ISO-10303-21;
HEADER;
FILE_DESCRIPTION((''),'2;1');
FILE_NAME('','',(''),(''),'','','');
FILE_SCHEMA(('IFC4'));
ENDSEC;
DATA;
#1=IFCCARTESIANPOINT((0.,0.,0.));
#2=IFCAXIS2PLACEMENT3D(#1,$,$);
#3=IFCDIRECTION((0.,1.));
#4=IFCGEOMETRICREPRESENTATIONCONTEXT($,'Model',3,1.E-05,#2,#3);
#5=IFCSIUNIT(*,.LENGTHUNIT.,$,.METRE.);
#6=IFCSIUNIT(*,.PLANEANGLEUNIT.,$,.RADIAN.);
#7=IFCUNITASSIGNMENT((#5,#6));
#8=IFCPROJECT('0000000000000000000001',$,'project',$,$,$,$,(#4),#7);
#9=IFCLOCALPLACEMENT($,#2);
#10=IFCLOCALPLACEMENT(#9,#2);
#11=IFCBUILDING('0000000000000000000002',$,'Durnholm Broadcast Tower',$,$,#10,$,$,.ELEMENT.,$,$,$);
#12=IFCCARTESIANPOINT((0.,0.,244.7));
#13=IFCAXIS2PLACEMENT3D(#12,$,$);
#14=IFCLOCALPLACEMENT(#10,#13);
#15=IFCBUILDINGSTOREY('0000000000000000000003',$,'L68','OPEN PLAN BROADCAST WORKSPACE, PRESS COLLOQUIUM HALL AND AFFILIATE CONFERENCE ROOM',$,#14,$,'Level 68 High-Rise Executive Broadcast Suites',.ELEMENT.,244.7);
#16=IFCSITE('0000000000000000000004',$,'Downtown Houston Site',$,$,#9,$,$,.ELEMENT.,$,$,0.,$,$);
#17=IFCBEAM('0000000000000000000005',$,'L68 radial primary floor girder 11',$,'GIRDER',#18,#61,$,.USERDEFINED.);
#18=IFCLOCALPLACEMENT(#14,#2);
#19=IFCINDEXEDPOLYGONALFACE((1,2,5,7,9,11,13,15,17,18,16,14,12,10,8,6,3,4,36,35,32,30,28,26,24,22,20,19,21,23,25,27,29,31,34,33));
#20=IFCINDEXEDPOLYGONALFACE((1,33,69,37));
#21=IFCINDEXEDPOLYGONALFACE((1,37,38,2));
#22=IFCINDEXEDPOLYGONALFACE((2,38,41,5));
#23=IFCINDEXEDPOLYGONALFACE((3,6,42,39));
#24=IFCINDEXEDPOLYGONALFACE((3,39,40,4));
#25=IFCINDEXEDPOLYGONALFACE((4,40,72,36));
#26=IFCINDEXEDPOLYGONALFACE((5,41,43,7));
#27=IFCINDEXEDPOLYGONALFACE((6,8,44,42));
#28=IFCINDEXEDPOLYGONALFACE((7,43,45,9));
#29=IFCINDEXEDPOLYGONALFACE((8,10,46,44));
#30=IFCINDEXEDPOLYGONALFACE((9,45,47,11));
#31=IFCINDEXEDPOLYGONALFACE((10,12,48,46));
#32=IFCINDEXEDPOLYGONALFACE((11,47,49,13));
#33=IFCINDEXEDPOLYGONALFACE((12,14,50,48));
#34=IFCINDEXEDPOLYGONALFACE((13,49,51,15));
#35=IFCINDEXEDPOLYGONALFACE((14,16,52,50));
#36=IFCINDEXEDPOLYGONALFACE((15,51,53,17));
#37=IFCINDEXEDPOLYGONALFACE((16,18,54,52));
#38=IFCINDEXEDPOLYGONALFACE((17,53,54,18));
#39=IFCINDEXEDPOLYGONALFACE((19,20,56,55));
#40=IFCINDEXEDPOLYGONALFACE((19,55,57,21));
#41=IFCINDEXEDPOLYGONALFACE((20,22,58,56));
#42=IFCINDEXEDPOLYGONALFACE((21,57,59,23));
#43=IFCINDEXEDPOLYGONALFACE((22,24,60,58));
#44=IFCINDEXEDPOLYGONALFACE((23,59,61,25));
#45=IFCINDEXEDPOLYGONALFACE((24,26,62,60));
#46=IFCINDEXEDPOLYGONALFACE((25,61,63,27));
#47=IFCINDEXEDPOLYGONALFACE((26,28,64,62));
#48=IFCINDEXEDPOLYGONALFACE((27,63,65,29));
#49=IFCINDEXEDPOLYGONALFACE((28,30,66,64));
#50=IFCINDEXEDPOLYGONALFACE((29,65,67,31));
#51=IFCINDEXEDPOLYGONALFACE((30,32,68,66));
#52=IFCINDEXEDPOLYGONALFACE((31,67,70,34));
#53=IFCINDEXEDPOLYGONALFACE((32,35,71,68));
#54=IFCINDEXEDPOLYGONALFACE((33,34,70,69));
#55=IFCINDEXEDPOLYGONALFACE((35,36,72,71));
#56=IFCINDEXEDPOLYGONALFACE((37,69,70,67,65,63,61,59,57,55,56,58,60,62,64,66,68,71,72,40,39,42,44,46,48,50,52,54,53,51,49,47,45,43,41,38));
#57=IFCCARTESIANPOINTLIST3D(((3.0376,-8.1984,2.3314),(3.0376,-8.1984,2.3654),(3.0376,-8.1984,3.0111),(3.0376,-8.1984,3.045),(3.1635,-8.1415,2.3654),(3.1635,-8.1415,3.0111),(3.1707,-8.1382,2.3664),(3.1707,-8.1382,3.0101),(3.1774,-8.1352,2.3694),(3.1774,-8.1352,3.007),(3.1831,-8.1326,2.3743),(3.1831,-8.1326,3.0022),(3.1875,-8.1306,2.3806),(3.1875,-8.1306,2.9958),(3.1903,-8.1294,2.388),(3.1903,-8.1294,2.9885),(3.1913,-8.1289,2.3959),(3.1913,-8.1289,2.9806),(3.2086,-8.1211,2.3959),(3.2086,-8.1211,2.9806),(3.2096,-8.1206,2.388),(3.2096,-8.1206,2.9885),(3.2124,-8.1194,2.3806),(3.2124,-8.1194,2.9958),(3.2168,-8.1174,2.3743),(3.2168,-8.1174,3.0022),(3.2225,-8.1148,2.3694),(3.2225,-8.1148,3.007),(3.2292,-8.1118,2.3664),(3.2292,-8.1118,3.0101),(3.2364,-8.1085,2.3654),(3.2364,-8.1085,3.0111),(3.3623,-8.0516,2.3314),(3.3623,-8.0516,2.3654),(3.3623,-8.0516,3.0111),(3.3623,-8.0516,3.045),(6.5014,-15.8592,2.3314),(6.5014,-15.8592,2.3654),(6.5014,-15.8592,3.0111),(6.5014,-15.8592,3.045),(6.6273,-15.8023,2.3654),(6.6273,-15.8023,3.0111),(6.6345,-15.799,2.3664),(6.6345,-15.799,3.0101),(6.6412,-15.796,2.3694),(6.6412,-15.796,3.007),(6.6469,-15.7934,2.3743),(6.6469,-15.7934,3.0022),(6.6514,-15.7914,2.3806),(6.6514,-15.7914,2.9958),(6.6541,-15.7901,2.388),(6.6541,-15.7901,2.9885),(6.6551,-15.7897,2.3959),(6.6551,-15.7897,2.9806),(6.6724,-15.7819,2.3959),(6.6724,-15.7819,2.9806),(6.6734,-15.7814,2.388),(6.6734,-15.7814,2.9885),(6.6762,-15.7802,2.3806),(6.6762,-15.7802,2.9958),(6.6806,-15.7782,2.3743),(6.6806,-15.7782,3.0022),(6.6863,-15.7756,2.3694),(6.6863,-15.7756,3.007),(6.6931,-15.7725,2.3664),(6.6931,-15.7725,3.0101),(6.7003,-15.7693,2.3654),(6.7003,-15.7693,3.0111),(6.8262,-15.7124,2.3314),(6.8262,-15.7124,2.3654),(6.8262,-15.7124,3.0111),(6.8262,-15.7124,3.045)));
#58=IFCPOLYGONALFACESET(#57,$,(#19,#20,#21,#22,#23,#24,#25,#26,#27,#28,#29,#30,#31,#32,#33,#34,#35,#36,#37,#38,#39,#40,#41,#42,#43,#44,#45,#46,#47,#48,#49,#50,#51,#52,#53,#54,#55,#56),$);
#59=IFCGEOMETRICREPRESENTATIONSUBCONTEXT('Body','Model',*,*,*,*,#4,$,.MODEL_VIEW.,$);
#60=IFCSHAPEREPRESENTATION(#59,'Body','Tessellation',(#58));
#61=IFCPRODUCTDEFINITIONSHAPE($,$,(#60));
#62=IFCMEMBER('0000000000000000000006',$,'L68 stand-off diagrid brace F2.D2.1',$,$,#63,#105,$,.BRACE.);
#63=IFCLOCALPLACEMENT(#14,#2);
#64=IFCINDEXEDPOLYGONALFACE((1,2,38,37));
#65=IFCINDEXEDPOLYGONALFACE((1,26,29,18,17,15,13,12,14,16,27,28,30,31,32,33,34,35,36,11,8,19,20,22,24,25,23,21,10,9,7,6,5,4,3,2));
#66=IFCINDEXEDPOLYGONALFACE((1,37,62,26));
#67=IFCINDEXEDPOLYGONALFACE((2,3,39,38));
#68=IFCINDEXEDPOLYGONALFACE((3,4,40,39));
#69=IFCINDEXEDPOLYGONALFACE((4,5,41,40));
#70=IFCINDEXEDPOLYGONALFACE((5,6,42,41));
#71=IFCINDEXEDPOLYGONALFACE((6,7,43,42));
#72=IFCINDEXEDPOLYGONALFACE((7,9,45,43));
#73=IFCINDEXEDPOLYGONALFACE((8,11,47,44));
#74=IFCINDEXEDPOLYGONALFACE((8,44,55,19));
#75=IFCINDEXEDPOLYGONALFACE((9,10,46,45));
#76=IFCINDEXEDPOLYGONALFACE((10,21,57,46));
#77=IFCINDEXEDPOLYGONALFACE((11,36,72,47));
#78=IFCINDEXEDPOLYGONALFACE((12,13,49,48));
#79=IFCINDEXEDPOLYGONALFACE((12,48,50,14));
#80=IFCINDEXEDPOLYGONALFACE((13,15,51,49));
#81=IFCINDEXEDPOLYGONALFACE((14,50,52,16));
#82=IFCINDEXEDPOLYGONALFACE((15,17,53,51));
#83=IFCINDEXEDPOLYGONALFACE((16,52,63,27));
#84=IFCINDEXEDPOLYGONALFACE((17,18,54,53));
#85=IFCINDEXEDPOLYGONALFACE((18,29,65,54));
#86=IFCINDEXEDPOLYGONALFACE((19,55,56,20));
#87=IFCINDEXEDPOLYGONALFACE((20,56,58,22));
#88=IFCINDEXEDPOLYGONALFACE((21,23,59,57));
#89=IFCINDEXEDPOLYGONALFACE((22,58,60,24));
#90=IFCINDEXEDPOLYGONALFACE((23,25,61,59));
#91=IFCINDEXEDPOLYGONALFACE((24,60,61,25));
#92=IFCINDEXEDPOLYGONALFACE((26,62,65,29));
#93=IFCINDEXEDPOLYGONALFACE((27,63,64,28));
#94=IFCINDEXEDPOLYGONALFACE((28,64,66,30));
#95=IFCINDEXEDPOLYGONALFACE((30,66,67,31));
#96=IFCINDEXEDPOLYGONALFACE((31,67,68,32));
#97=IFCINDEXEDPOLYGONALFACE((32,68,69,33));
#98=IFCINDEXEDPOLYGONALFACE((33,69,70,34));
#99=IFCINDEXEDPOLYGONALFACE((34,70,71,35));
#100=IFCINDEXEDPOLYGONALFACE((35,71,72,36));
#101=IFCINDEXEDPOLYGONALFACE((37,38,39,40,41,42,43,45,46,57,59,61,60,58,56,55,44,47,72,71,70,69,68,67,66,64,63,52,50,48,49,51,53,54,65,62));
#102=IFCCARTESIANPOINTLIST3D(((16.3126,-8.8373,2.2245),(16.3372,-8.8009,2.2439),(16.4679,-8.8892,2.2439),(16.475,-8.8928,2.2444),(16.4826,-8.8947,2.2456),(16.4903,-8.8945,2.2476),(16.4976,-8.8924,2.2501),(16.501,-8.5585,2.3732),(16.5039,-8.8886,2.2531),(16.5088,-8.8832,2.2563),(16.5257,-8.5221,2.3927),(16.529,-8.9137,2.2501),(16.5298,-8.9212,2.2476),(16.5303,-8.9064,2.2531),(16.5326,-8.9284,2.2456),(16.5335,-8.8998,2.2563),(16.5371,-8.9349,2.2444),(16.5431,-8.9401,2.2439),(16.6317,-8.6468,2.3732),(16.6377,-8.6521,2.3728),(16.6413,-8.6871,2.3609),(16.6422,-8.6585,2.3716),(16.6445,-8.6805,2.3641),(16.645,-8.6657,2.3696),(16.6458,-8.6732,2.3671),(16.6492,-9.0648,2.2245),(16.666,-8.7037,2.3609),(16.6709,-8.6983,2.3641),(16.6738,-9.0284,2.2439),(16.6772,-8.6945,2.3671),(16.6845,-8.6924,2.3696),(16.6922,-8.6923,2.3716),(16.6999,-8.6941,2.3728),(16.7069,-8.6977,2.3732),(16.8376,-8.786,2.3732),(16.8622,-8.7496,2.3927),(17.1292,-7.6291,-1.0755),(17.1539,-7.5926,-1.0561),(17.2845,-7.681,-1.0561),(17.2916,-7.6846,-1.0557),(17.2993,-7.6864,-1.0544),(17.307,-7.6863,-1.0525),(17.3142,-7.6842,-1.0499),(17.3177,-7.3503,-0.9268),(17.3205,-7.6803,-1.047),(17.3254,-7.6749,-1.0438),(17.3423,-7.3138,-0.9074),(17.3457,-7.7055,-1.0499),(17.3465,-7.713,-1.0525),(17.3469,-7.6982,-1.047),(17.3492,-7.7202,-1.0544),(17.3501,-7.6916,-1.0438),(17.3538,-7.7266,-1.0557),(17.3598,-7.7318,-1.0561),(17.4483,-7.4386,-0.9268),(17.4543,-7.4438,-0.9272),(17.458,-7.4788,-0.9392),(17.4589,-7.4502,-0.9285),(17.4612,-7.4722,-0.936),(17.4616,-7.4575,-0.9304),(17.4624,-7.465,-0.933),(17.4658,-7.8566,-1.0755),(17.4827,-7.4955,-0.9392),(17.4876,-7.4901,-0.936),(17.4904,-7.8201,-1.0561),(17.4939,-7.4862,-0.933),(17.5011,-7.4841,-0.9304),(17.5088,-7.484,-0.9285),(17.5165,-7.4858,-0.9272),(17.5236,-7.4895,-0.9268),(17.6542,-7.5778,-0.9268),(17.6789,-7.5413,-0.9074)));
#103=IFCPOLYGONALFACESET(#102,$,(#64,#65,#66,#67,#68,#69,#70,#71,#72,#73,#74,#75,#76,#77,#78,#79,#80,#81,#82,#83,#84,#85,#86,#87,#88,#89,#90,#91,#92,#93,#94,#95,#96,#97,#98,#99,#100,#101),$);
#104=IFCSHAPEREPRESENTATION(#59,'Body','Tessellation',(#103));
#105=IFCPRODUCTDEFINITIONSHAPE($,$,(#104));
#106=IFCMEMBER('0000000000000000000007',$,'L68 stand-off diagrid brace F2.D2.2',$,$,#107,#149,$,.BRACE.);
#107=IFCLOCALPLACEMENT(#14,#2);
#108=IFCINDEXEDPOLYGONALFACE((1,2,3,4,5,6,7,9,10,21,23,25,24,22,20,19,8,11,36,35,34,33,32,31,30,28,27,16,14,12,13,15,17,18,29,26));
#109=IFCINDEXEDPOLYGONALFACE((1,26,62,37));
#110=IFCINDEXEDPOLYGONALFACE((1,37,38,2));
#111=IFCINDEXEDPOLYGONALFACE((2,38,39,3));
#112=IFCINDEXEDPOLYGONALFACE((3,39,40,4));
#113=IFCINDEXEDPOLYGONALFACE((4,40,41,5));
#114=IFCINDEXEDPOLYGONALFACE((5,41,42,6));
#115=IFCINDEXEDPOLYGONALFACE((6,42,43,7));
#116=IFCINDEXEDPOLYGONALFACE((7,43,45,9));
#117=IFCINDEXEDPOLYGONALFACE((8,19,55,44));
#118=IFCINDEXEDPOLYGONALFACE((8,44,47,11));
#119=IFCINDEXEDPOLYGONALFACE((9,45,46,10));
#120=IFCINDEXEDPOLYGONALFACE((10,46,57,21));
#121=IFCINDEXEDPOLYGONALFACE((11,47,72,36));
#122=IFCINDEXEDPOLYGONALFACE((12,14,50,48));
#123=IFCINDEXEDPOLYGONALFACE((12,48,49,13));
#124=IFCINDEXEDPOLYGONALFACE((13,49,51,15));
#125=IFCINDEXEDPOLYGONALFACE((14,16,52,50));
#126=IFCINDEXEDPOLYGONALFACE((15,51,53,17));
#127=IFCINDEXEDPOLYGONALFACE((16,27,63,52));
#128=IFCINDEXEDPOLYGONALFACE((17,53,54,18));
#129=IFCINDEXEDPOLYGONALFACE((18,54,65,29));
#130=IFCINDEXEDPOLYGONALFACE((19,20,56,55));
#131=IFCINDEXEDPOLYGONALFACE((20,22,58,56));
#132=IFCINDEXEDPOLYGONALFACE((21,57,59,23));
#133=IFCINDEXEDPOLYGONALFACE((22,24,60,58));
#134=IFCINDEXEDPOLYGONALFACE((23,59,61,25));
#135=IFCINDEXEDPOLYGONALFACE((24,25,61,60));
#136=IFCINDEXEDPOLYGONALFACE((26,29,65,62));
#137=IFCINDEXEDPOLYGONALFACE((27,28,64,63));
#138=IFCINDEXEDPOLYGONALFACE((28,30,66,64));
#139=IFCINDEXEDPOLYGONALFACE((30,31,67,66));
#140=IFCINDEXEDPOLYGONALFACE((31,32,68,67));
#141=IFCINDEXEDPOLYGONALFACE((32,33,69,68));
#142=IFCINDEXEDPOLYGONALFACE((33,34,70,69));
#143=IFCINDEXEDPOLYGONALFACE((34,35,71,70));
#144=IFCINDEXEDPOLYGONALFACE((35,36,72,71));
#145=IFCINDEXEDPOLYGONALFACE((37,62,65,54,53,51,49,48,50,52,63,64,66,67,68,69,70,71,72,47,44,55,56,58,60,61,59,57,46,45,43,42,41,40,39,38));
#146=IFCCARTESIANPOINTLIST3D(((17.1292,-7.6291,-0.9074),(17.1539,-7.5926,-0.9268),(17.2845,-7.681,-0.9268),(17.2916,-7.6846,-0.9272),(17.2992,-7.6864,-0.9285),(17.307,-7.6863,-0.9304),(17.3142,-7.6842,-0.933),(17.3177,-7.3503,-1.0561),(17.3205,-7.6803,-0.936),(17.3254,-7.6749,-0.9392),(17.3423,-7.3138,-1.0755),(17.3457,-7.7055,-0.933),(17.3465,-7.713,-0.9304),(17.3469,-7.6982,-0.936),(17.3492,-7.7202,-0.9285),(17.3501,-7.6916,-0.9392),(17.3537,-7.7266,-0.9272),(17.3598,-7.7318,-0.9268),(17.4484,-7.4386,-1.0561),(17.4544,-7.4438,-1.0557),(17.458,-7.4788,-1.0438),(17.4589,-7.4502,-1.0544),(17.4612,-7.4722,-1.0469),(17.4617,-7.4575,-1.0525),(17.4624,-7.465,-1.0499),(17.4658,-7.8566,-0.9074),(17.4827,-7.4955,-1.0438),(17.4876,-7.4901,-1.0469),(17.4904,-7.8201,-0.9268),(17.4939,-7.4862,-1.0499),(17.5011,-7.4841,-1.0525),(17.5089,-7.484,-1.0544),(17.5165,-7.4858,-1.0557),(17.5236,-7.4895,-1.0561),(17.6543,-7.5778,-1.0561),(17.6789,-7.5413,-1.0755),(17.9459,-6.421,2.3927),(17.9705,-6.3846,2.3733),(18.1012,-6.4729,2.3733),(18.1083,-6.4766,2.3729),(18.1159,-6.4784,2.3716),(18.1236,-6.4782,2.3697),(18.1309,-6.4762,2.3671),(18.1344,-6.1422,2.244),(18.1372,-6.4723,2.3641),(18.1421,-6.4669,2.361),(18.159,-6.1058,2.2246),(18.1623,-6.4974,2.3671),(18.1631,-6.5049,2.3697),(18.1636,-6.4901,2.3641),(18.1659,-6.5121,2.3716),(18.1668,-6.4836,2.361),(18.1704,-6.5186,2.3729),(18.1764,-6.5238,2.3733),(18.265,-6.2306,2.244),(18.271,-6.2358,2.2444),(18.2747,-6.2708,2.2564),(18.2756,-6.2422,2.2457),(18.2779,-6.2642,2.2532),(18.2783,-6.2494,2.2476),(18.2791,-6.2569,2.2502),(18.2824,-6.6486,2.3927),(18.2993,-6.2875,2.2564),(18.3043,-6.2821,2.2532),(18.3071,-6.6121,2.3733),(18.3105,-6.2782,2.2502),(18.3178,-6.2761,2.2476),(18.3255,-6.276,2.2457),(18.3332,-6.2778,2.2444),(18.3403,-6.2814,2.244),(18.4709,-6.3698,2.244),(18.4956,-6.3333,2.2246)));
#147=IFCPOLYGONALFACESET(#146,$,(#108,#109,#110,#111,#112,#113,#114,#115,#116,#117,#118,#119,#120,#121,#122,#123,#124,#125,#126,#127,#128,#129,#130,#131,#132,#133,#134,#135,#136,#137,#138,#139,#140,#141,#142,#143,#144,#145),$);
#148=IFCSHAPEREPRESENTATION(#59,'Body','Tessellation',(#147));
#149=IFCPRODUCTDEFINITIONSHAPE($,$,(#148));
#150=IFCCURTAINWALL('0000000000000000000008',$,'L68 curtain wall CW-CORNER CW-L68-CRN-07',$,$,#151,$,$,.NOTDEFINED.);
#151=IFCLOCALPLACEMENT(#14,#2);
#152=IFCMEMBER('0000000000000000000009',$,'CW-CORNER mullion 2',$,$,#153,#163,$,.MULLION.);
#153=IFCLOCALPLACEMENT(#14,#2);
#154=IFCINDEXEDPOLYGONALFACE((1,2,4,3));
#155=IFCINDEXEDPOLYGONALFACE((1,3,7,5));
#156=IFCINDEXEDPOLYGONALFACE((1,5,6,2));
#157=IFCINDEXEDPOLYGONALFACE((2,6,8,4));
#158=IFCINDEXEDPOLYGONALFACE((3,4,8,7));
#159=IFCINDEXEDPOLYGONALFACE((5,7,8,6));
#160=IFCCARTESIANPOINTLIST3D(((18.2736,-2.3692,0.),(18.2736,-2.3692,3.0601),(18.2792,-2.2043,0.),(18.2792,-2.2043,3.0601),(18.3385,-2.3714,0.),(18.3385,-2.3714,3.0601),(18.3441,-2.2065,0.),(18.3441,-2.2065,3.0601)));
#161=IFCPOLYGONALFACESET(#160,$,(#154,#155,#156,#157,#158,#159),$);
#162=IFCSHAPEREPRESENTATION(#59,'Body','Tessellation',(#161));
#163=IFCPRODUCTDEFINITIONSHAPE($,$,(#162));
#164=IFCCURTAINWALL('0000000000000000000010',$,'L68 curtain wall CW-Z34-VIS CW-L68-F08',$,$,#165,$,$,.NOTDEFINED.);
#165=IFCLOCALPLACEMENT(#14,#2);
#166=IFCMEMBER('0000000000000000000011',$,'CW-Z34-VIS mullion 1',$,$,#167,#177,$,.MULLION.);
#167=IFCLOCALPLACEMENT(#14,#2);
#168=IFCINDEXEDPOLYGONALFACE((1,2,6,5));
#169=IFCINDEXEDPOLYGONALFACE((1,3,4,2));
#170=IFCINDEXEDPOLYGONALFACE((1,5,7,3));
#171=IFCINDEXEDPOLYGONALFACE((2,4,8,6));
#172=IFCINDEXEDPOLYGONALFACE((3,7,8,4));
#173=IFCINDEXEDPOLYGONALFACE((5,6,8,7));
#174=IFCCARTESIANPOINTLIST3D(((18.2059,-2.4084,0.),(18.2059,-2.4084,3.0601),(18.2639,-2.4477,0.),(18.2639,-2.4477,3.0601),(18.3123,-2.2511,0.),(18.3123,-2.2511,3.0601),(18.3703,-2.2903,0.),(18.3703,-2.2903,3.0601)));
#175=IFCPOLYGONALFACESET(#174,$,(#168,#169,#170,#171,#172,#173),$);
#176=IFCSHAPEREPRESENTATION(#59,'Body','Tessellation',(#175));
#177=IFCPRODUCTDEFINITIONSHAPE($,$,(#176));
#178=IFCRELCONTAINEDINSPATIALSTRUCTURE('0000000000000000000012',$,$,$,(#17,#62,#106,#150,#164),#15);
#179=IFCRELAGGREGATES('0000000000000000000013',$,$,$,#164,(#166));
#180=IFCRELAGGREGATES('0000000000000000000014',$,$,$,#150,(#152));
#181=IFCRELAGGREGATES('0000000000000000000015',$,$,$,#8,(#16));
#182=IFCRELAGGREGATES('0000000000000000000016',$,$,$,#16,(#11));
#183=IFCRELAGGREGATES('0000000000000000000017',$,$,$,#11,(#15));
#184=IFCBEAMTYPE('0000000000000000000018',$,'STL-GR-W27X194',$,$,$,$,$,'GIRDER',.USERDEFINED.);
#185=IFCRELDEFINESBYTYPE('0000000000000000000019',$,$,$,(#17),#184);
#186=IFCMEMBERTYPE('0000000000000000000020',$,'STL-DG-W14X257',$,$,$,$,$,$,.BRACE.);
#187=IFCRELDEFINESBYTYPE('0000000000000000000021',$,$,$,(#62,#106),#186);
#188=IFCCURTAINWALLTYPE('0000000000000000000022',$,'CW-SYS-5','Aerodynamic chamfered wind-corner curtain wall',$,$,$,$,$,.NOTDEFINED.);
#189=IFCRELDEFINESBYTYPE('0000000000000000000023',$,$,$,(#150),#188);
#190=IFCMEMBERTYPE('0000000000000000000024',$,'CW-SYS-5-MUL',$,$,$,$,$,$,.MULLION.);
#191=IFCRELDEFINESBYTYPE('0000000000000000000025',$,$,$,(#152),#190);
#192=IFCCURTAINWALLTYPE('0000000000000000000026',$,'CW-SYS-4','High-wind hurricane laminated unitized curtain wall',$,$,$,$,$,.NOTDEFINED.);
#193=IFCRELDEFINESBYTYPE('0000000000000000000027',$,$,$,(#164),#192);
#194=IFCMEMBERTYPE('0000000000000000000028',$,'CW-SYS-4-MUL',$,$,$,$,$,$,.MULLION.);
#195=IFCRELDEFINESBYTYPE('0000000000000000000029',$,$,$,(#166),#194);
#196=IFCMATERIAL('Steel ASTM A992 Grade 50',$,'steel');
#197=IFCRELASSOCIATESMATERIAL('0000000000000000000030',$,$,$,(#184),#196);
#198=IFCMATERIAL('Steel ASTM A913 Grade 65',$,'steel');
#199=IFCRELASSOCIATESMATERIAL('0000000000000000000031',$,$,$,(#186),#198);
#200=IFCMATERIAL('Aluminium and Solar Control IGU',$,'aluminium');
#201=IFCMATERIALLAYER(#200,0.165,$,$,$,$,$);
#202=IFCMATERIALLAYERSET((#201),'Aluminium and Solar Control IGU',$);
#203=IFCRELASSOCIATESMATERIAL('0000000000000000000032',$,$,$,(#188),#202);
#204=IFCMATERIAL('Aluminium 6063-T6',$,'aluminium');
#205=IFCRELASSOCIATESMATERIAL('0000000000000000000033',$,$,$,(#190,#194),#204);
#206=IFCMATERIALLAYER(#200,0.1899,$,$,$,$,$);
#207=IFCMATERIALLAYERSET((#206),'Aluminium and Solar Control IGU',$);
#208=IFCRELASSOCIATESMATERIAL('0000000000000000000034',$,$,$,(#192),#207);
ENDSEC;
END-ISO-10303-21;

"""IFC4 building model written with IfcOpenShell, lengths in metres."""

from ifc_helpers import new_model, si_unit, direction, frame, origin, origin_2d, place, context, subcontext, project, spatial, rectangle, i_section, extrude, source, transform, mapped, material, layer, layer_set, material_profile, profile_set, type_object, type_shapes, element, aggregate, save


model = new_model("IFC4")

# Units and contexts
model_context = context("Model", 3, precision=1e-05, world=origin(), true_north=direction((0.0, 1.0)))
body_context = subcontext(model_context, "Body", "Model", "MODEL_VIEW")
ifc_project = project(units=[si_unit("LENGTHUNIT", "METRE"), si_unit("PLANEANGLEUNIT", "RADIAN")], contexts=[model_context])

# Site, building, storey
site_placement = place(None, origin())
site = spatial("IfcSite", under=ifc_project, at=site_placement, Name="Downtown Houston Site", CompositionType="ELEMENT", RefElevation=0.0)
building_placement = place(site_placement, origin())
building = spatial("IfcBuilding", under=site, at=building_placement, Name="Durnholm Broadcast Tower", CompositionType="ELEMENT")
storey_placement = place(building_placement, frame((0.0, 0.0, 244.7)))
storey = spatial("IfcBuildingStorey", under=building, at=storey_placement, Name="L68", Description="OPEN PLAN BROADCAST WORKSPACE, PRESS COLLOQUIUM HALL AND AFFILIATE CONFERENCE ROOM", LongName="Level 68 High-Rise Executive Broadcast Suites", CompositionType="ELEMENT", Elevation=244.7)

# Beam
ifc_material_1 = material(Name="Steel ASTM A992 Grade 50", Category="steel")
ifc_material_profile_1 = material_profile(ifc_material_1, i_section(OverallWidth=0.3564, OverallDepth=0.7136, WebThickness=0.019, FlangeThickness=0.0339, FilletRadius=0.0305, at=origin_2d()), Name="W27X194")
ifc_profile_set_1 = profile_set([ifc_material_profile_1], Name="Steel ASTM A992 Grade 50")
beam_type_1 = type_object("IfcBeamType", Name="STL-GR-W27X194", ElementType="GIRDER", PredefinedType="USERDEFINED", material=ifc_profile_set_1)
shared_shape_1 = source(origin(), body_context, "Body", "SweptSolid", [
    extrude(i_section(OverallWidth=0.3564, OverallDepth=0.7136, WebThickness=0.019, FlangeThickness=0.0339, FilletRadius=0.0305, at=origin_2d()), origin(), (0.0, 0.0, 1.0), 8.4075),
])
beam_1_placement = place(storey_placement, frame((3.2, -8.125, 2.6882), z_axis=(0.411993, -0.911187, 0.0), x_axis=(0.911187, 0.411993, 0.0)))
element("IfcBeam", 1, at=beam_1_placement, inside=storey, type_object=beam_type_1, Name="L68 radial primary floor girder 11", ObjectType="GIRDER", PredefinedType="USERDEFINED", context=body_context, shape_type="MappedRepresentation", body=[
    mapped(shared_shape_1, transform((0.0, 0.0, 0.0), x_axis=(1.0, 0.0, 0.0), y_axis=(0.0, 1.0, 0.0), z_axis=(0.0, 0.0, 1.0), scale=1.0)),
])

# Members
ifc_material_2 = material(Name="Steel ASTM A913 Grade 65", Category="steel")
ifc_material_profile_2 = material_profile(ifc_material_2, i_section(OverallWidth=0.4062, OverallDepth=0.416, WebThickness=0.0298, FlangeThickness=0.0481, FilletRadius=0.0305, at=origin_2d()), Name="W14X257")
ifc_profile_set_2 = profile_set([ifc_material_profile_2], Name="Steel ASTM A913 Grade 65")
member_type_1 = type_object("IfcMemberType", Name="STL-DG-W14X257", PredefinedType="BRACE", material=ifc_profile_set_2)
shared_shape_2 = source(origin(), body_context, "Body", "SweptSolid", [
    extrude(i_section(OverallWidth=0.4062, OverallDepth=0.416, WebThickness=0.0298, FlangeThickness=0.0481, FilletRadius=0.0305, at=origin_2d()), origin(), (0.0, 0.0, 1.0), 3.6079),
])
type_shapes(member_type_1, [shared_shape_2])
for number, where, z_axis, x_axis, name in (
    (2, (17.4041, -7.5852, -0.9915), (-0.226349, -0.334888, 0.914667), (0.828505, -0.559982, 0.0), "L68 stand-off diagrid brace F2.D2.1"),
    (3, (17.4041, -7.5852, -0.9915), (0.226354, 0.334828, 0.914688), (-0.828452, 0.560059, 0.0), "L68 stand-off diagrid brace F2.D2.2"),
):
    element("IfcMember", number, at=place(storey_placement, frame(where, z_axis=z_axis, x_axis=x_axis)), inside=storey, type_object=member_type_1, Name=name, PredefinedType="BRACE", context=body_context, shape_type="MappedRepresentation", body=[
        mapped(shared_shape_2, transform((0.0, 0.0, 0.0), x_axis=(1.0, 0.0, 0.0), y_axis=(0.0, 1.0, 0.0), z_axis=(0.0, 0.0, 1.0), scale=1.0)),
    ])

# Curtain wall, member
ifc_material_3 = material(Name="Aluminium and Solar Control IGU", Category="aluminium")
ifc_layer_1 = layer(ifc_material_3, 0.165)
ifc_layer_set_1 = layer_set([ifc_layer_1], Name="Aluminium and Solar Control IGU")
curtain_wall_type_1 = type_object("IfcCurtainWallType", Name="CW-SYS-5", Description="Aerodynamic chamfered wind-corner curtain wall", PredefinedType="NOTDEFINED", material=ifc_layer_set_1)
curtain_wall_1_placement = place(storey_placement, origin())
curtain_wall_1 = element("IfcCurtainWall", 4, at=curtain_wall_1_placement, inside=storey, type_object=curtain_wall_type_1, Name="L68 curtain wall CW-CORNER CW-L68-CRN-07", PredefinedType="NOTDEFINED")
ifc_material_4 = material(Name="Aluminium 6063-T6", Category="aluminium")
ifc_material_profile_3 = material_profile(ifc_material_4, rectangle(XDim=0.0649, YDim=0.165, at=origin_2d()), Name="CWM65X165")
ifc_profile_set_3 = profile_set([ifc_material_profile_3], Name="Aluminium 6063-T6")
member_type_2 = type_object("IfcMemberType", Name="CW-SYS-5-MUL", PredefinedType="MULLION", material=ifc_profile_set_3)
shared_shape_3 = source(origin(), body_context, "Body", "SweptSolid", [
    extrude(rectangle(XDim=0.0649, YDim=0.165, at=origin_2d()), origin(), (0.0, 0.0, 1.0), 3.0601),
])
type_shapes(member_type_2, [shared_shape_3])
member_1_placement = place(storey_placement, frame((18.3088, -2.2878, 0.0), z_axis=(0.0, 0.0, 1.0), x_axis=(0.999411, -0.034318, 0.0)))
member_1 = element("IfcMember", 5, at=member_1_placement, type_object=member_type_2, Name="CW-CORNER mullion 2", PredefinedType="MULLION", context=body_context, shape_type="MappedRepresentation", body=[
    mapped(shared_shape_3, transform((0.0, 0.0, 0.0), x_axis=(1.0, 0.0, 0.0), y_axis=(0.0, 1.0, 0.0), z_axis=(0.0, 0.0, 1.0), scale=1.0)),
])

# Curtain wall, member
ifc_layer_2 = layer(ifc_material_3, 0.1899)
ifc_layer_set_2 = layer_set([ifc_layer_2], Name="Aluminium and Solar Control IGU")
curtain_wall_type_2 = type_object("IfcCurtainWallType", Name="CW-SYS-4", Description="High-wind hurricane laminated unitized curtain wall", PredefinedType="NOTDEFINED", material=ifc_layer_set_2)
curtain_wall_2_placement = place(storey_placement, origin())
curtain_wall_2 = element("IfcCurtainWall", 6, at=curtain_wall_2_placement, inside=storey, type_object=curtain_wall_type_2, Name="L68 curtain wall CW-Z34-VIS CW-L68-F08", PredefinedType="NOTDEFINED")
ifc_material_profile_4 = material_profile(ifc_material_4, rectangle(XDim=0.0701, YDim=0.1899, at=origin_2d()), Name="CWM70X190")
ifc_profile_set_4 = profile_set([ifc_material_profile_4], Name="Aluminium 6063-T6")
member_type_3 = type_object("IfcMemberType", Name="CW-SYS-4-MUL", PredefinedType="MULLION", material=ifc_profile_set_4)
shared_shape_4 = source(origin(), body_context, "Body", "SweptSolid", [
    extrude(rectangle(XDim=0.0701, YDim=0.1899, at=origin_2d()), origin(), (0.0, 0.0, 1.0), 3.0601),
])
type_shapes(member_type_3, [shared_shape_4])
member_2_placement = place(storey_placement, frame((18.2881, -2.3494, 0.0), z_axis=(0.0, 0.0, 1.0), x_axis=(0.828443, -0.560073, 0.0)))
member_2 = element("IfcMember", 7, at=member_2_placement, type_object=member_type_3, Name="CW-Z34-VIS mullion 1", PredefinedType="MULLION", context=body_context, shape_type="MappedRepresentation", body=[
    mapped(shared_shape_4, transform((0.0, 0.0, 0.0), x_axis=(1.0, 0.0, 0.0), y_axis=(0.0, 1.0, 0.0), z_axis=(0.0, 0.0, 1.0), scale=1.0)),
])
aggregate(curtain_wall_2, [member_2])

aggregate(curtain_wall_1, [member_1])

save(model, "model.ifc")
